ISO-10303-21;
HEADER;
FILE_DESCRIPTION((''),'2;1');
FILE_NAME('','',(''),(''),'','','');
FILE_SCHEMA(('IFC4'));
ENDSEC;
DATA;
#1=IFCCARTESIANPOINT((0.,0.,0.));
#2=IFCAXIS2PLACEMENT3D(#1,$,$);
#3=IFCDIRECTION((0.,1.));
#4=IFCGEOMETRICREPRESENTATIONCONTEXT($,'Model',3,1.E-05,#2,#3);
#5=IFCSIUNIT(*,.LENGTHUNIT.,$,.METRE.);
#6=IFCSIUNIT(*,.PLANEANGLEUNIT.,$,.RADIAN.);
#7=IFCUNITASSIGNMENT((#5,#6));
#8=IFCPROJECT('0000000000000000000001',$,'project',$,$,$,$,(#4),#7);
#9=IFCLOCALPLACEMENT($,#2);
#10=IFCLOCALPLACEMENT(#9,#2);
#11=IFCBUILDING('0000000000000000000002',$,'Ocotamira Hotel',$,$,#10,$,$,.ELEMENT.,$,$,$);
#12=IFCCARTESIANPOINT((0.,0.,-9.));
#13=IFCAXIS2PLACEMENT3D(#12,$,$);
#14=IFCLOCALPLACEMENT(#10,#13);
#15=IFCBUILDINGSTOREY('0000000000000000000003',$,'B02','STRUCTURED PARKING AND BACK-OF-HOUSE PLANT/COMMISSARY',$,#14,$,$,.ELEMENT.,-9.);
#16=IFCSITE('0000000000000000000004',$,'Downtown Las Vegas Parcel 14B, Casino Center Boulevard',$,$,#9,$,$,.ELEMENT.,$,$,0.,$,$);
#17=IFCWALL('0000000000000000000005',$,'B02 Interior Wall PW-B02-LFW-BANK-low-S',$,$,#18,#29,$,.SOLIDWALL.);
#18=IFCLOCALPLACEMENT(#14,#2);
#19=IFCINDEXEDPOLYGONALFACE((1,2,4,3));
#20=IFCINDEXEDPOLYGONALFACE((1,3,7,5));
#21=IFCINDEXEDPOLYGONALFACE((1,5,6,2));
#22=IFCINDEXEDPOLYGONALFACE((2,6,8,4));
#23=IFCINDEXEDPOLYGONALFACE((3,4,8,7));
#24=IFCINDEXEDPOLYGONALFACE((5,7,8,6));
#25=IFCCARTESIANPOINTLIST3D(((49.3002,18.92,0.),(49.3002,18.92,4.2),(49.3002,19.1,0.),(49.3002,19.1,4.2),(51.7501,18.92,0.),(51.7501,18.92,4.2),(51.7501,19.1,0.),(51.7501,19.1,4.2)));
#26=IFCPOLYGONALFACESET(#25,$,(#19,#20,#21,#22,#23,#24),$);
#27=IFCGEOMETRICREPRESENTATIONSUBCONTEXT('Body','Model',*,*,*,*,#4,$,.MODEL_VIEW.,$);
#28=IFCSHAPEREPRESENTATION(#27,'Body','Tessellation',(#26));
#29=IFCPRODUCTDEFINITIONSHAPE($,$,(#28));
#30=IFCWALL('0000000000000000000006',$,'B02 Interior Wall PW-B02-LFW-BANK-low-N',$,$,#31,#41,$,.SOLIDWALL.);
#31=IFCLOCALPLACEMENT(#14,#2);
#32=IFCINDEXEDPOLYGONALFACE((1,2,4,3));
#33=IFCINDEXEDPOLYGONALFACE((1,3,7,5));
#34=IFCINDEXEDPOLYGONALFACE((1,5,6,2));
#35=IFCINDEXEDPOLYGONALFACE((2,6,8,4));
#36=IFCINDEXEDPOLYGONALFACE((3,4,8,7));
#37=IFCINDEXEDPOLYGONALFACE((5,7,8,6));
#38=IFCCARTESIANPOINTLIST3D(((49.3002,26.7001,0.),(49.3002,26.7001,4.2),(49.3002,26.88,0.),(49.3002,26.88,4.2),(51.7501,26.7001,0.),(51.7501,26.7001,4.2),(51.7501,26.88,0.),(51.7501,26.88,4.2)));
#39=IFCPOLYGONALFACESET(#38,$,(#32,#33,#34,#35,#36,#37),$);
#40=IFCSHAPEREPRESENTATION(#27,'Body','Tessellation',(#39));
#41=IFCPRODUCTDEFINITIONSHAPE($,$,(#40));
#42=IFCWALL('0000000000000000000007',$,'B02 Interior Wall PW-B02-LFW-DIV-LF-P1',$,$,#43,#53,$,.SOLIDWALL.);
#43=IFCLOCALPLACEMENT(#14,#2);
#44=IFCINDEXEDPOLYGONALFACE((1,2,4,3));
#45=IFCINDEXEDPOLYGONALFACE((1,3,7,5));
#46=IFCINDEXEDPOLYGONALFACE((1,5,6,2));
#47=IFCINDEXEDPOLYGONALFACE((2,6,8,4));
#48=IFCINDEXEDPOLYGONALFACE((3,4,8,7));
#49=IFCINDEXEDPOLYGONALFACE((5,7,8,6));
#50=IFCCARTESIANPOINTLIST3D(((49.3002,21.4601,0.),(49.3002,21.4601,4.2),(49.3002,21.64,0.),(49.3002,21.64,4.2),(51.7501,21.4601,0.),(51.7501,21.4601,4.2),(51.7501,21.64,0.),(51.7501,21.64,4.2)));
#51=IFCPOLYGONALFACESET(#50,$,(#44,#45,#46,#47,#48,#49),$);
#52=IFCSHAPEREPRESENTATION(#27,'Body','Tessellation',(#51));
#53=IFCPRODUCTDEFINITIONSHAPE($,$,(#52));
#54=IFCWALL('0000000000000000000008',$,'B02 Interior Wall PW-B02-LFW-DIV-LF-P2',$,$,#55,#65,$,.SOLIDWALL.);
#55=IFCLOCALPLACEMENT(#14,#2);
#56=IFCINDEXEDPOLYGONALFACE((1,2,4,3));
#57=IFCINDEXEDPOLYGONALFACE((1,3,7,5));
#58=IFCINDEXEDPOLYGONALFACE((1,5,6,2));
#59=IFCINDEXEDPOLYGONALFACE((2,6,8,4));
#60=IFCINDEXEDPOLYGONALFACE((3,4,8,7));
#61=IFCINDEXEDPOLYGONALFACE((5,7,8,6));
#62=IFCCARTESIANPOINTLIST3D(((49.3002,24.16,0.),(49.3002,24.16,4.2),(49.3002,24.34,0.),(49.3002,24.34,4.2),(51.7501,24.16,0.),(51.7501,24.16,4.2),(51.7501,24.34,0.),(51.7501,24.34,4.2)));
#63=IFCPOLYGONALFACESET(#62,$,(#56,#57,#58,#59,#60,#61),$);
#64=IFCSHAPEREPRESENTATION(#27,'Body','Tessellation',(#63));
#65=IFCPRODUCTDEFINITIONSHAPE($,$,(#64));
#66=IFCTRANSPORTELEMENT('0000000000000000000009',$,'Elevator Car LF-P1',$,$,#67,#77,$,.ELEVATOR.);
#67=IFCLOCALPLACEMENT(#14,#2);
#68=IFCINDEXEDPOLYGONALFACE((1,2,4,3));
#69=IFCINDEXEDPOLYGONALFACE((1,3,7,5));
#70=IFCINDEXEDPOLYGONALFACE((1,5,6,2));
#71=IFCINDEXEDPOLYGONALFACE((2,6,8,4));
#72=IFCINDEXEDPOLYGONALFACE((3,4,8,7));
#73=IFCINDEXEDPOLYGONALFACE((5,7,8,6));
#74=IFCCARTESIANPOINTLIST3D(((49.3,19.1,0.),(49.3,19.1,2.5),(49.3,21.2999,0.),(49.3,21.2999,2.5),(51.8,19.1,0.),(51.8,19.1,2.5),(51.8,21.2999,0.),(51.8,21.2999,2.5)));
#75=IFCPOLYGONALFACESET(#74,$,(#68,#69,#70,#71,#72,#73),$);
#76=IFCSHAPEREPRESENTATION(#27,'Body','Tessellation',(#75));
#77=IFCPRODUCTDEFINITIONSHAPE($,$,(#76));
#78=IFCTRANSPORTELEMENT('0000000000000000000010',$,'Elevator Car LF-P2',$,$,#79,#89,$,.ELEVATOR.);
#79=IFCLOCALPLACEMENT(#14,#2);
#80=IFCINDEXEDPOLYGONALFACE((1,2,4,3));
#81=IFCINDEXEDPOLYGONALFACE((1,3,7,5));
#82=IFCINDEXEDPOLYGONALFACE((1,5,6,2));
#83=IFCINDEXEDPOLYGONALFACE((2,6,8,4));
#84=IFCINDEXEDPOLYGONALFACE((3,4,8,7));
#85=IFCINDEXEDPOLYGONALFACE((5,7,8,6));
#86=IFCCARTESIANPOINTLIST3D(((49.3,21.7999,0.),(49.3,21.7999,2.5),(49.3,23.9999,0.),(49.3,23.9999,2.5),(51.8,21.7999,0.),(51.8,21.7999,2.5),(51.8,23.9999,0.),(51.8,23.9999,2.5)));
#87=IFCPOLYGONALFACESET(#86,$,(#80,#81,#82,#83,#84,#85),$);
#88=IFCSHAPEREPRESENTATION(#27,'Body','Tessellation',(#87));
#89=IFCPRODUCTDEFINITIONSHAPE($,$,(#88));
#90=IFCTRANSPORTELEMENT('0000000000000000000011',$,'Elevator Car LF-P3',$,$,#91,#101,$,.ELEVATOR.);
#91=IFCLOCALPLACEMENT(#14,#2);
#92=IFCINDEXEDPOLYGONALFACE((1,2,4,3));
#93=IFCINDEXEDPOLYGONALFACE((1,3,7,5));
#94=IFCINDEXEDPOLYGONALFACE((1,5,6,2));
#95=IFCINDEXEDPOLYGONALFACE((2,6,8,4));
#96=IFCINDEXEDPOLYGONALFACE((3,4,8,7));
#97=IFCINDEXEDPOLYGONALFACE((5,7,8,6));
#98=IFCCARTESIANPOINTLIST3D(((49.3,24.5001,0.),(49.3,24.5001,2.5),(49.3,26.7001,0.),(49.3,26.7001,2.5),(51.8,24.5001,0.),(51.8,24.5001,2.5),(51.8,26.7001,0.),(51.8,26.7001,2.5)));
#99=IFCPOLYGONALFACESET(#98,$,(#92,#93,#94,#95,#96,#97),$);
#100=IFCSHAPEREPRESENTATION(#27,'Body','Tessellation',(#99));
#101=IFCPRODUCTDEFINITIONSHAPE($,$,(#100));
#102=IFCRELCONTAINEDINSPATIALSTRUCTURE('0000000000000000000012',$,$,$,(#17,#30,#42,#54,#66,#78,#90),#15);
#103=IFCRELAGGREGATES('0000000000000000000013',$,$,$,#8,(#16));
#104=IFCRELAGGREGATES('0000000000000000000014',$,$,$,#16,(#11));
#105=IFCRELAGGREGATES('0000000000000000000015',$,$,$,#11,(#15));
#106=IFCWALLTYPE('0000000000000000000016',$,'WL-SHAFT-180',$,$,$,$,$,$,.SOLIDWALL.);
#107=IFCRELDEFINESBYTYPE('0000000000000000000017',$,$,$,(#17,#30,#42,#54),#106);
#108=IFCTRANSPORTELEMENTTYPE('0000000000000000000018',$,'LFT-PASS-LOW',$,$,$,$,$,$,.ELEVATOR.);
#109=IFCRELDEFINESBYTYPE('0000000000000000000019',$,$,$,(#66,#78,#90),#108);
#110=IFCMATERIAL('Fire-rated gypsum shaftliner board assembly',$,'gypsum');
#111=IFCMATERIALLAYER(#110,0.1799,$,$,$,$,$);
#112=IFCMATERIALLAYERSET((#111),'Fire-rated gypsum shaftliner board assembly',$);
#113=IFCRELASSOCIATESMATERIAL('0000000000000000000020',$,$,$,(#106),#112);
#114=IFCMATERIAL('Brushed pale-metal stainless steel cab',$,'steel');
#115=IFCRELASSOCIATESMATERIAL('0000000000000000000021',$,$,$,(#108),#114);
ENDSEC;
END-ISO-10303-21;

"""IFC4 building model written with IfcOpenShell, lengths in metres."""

from ifc_helpers import new_model, si_unit, direction, frame, frame_2d, origin, origin_2d, place, context, subcontext, project, spatial, rectangle, extrude, source, transform, mapped, material, layer, layer_set, type_object, element, save


model = new_model("IFC4")

# Units and contexts
model_context = context("Model", 3, precision=1e-05, world=origin(), true_north=direction((0.0, 1.0)))
body_context = subcontext(model_context, "Body", "Model", "MODEL_VIEW")
ifc_project = project(units=[si_unit("LENGTHUNIT", "METRE"), si_unit("PLANEANGLEUNIT", "RADIAN")], contexts=[model_context])

# Site, building, storey
site_placement = place(None, origin())
site = spatial("IfcSite", under=ifc_project, at=site_placement, Name="Downtown Las Vegas Parcel 14B, Casino Center Boulevard", CompositionType="ELEMENT", RefElevation=0.0)
building_placement = place(site_placement, origin())
building = spatial("IfcBuilding", under=site, at=building_placement, Name="Ocotamira Hotel", CompositionType="ELEMENT")
storey_placement = place(building_placement, frame((0.0, 0.0, -9.0)))
storey = spatial("IfcBuildingStorey", under=building, at=storey_placement, Name="B02", Description="STRUCTURED PARKING AND BACK-OF-HOUSE PLANT/COMMISSARY", CompositionType="ELEMENT", Elevation=-9.0)

# Shared definitions
ifc_material_1 = material(Name="Fire-rated gypsum shaftliner board assembly", Category="gypsum")
ifc_layer_1 = layer(ifc_material_1, 0.1799)
ifc_layer_set_1 = layer_set([ifc_layer_1], Name="Fire-rated gypsum shaftliner board assembly")
wall_type_1 = type_object("IfcWallType", Name="WL-SHAFT-180", PredefinedType="SOLIDWALL", material=ifc_layer_set_1)

# Walls
for number, where, z_axis, x_axis, name in (
    (1, (49.3, 19.01, 0.0), (0.0, 0.0, 1.0), (1.0, 0.0, 0.0), "B02 Interior Wall PW-B02-LFW-BANK-low-S"),
    (2, (49.3, 26.79, 0.0), (0.0, 0.0, 1.0), (1.0, 0.0, 0.0), "B02 Interior Wall PW-B02-LFW-BANK-low-N"),
    (3, (49.3, 21.55, 0.0), (0.0, 0.0, 1.0), (1.0, 0.0, 0.0), "B02 Interior Wall PW-B02-LFW-DIV-LF-P1"),
    (4, (49.3, 24.25, 0.0), (0.0, 0.0, 1.0), (1.0, 0.0, 0.0), "B02 Interior Wall PW-B02-LFW-DIV-LF-P2"),
):
    element("IfcWall", number, at=place(storey_placement, frame(where, z_axis=z_axis, x_axis=x_axis)), inside=storey, type_object=wall_type_1, Name=name, PredefinedType="SOLIDWALL", context=body_context, shape_type="SweptSolid", body=[
        extrude(rectangle(XDim=2.45, YDim=0.1799, at=frame_2d((1.2251, 0.0))), origin(), (0.0, 0.0, 1.0), 4.2),
    ])

# Transport elements
ifc_material_2 = material(Name="Brushed pale-metal stainless steel cab", Category="steel")
transport_element_type = type_object("IfcTransportElementType", Name="LFT-PASS-LOW", PredefinedType="ELEVATOR", material=ifc_material_2)
shared_shape_1 = source(origin(), body_context, "Body", "SweptSolid", [
    extrude(rectangle(XDim=2.5, YDim=2.2, at=origin_2d()), origin(), (0.0, 0.0, 1.0), 2.5),
])
for number, where, z_axis, x_axis, name in (
    (5, (50.55, 20.2, 0.0), (0.0, 0.0, 1.0), (1.0, 0.0, 0.0), "Elevator Car LF-P1"),
    (6, (50.55, 22.8999, 0.0), (0.0, 0.0, 1.0), (1.0, 0.0, 0.0), "Elevator Car LF-P2"),
    (7, (50.55, 25.6001, 0.0), (0.0, 0.0, 1.0), (1.0, 0.0, 0.0), "Elevator Car LF-P3"),
):
    element("IfcTransportElement", number, at=place(storey_placement, frame(where, z_axis=z_axis, x_axis=x_axis)), inside=storey, type_object=transport_element_type, Name=name, PredefinedType="ELEVATOR", context=body_context, shape_type="MappedRepresentation", body=[
        mapped(shared_shape_1, transform((0.0, 0.0, 0.0), scale=1.0)),
    ])

save(model, "model.ifc")
